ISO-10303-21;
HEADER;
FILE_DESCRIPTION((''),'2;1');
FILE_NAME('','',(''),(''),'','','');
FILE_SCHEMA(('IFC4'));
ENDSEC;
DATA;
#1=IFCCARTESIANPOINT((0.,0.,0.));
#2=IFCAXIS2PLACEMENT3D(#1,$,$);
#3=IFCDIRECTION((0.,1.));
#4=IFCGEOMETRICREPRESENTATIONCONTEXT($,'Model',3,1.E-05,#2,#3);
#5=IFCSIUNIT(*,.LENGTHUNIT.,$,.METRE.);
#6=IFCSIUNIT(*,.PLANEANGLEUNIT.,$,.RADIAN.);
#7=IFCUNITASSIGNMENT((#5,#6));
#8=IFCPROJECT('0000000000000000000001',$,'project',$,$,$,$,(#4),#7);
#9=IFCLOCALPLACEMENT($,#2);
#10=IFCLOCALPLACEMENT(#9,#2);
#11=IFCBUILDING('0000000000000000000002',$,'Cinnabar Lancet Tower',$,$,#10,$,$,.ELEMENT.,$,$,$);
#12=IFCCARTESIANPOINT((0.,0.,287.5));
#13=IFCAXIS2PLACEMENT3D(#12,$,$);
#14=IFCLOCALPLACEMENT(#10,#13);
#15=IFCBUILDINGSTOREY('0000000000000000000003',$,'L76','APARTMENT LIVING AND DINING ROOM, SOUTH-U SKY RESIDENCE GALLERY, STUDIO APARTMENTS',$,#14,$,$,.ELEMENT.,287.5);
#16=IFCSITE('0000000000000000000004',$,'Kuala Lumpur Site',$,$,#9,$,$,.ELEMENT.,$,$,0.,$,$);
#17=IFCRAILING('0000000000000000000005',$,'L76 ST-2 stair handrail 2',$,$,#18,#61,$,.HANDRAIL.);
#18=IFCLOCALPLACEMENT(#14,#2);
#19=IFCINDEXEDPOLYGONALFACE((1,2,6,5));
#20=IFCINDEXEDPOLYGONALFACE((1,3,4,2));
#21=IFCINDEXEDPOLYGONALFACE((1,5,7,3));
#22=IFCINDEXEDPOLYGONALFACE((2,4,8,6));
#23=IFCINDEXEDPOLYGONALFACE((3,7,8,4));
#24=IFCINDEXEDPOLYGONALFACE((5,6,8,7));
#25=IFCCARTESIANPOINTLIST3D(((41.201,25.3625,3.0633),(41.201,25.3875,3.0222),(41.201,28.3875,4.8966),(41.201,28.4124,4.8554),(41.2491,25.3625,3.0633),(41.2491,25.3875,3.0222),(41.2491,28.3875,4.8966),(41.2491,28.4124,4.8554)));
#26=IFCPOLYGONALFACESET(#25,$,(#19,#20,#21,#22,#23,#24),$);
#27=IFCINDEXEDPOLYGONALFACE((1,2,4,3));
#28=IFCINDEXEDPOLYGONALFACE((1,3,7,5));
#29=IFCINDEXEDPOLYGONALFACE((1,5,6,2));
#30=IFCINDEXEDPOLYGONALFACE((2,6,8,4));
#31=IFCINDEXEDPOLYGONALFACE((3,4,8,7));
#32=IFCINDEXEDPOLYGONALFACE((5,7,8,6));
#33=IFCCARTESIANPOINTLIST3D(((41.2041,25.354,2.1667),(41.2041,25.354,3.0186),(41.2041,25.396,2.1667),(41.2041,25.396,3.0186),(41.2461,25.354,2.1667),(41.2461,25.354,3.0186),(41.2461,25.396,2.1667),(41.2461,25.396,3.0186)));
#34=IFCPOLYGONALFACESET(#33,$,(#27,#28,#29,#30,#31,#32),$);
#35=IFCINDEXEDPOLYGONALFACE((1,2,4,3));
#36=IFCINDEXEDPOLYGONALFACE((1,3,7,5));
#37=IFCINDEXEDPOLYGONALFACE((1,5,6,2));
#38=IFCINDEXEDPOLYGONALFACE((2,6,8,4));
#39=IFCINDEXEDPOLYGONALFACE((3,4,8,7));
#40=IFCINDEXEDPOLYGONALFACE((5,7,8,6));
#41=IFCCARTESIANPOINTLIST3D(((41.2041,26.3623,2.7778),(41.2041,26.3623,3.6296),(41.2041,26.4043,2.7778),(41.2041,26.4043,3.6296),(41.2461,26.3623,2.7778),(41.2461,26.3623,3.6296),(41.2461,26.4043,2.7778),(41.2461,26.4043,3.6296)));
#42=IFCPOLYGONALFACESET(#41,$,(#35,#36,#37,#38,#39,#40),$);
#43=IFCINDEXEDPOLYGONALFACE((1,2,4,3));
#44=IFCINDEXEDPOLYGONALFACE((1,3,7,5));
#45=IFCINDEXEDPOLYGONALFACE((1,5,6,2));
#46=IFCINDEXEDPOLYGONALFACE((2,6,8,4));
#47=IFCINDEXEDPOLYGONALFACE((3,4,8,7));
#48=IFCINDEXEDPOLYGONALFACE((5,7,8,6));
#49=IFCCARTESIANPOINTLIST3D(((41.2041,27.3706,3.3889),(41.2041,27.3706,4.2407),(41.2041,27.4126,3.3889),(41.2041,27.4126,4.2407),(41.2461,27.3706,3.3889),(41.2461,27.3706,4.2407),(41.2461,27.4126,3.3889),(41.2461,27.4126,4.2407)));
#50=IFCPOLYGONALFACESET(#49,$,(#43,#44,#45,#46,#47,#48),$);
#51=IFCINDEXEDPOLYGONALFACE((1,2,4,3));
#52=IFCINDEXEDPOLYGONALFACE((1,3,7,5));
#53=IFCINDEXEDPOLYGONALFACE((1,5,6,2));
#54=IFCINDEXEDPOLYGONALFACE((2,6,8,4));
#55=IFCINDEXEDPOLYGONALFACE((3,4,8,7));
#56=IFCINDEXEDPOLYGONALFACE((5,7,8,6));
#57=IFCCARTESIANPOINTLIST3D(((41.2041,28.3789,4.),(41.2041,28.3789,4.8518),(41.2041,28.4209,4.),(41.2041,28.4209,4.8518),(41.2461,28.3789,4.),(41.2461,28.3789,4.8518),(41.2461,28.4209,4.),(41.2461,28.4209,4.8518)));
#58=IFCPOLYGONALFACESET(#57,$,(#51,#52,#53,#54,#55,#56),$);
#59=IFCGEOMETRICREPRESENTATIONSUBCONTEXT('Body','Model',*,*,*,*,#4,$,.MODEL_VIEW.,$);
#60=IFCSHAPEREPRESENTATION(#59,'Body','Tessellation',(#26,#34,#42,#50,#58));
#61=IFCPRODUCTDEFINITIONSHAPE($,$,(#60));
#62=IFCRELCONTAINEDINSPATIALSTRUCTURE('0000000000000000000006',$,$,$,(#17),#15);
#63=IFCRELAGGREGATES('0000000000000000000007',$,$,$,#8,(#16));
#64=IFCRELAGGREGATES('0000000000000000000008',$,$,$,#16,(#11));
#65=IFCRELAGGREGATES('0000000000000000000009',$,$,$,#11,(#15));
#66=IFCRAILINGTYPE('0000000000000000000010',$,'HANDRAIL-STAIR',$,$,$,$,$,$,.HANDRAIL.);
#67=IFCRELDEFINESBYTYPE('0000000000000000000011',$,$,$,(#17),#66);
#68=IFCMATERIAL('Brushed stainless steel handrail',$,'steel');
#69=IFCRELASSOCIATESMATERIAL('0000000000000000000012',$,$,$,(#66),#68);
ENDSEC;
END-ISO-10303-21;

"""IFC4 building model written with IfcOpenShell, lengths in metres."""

from ifc_helpers import new_model, si_unit, direction, frame, origin, origin_2d, place, context, subcontext, project, spatial, rectangle, extrude, material, type_object, element, save


model = new_model("IFC4")

# Units and contexts
model_context = context("Model", 3, precision=1e-05, world=origin(), true_north=direction((0.0, 1.0)))
body_context = subcontext(model_context, "Body", "Model", "MODEL_VIEW")
ifc_project = project(units=[si_unit("LENGTHUNIT", "METRE"), si_unit("PLANEANGLEUNIT", "RADIAN")], contexts=[model_context])

# Site, building, storey
site_placement = place(None, origin())
site = spatial("IfcSite", under=ifc_project, at=site_placement, Name="Kuala Lumpur Site", CompositionType="ELEMENT", RefElevation=0.0)
building_placement = place(site_placement, origin())
building = spatial("IfcBuilding", under=site, at=building_placement, Name="Cinnabar Lancet Tower", CompositionType="ELEMENT")
storey_placement = place(building_placement, frame((0.0, 0.0, 287.5)))
storey = spatial("IfcBuildingStorey", under=building, at=storey_placement, Name="L76", Description="APARTMENT LIVING AND DINING ROOM, SOUTH-U SKY RESIDENCE GALLERY, STUDIO APARTMENTS", CompositionType="ELEMENT", Elevation=287.5)

# Railing
ifc_material_1 = material(Name="Brushed stainless steel handrail", Category="steel")
railing_type_1 = type_object("IfcRailingType", Name="HANDRAIL-STAIR", PredefinedType="HANDRAIL", material=ifc_material_1)
railing_1_placement = place(storey_placement, frame((41.2251, 25.375, 2.1667)))
element("IfcRailing", 1, at=railing_1_placement, inside=storey, type_object=railing_type_1, Name="L76 ST-2 stair handrail 2", PredefinedType="HANDRAIL", context=body_context, shape_type="SweptSolid", body=[
    extrude(rectangle(XDim=0.0481, YDim=0.0481, at=origin_2d()), frame((0.0, 0.0, 0.876), z_axis=(0.0, 0.855201, 0.518297), x_axis=(-1.0, 0.0, 0.0)), (0.0, 0.0, 1.0), 3.5371),
    extrude(rectangle(XDim=0.042, YDim=0.042, at=origin_2d()), origin(), (0.0, 0.0, 1.0), 0.8518),
    extrude(rectangle(XDim=0.042, YDim=0.042, at=origin_2d()), frame((0.0, 1.0083, 0.6111)), (0.0, 0.0, 1.0), 0.8518),
    extrude(rectangle(XDim=0.042, YDim=0.042, at=origin_2d()), frame((0.0, 2.0166, 1.2222)), (0.0, 0.0, 1.0), 0.8518),
    extrude(rectangle(XDim=0.042, YDim=0.042, at=origin_2d()), frame((0.0, 3.0249, 1.8333)), (0.0, 0.0, 1.0), 0.8518),
])

save(model, "model.ifc")
